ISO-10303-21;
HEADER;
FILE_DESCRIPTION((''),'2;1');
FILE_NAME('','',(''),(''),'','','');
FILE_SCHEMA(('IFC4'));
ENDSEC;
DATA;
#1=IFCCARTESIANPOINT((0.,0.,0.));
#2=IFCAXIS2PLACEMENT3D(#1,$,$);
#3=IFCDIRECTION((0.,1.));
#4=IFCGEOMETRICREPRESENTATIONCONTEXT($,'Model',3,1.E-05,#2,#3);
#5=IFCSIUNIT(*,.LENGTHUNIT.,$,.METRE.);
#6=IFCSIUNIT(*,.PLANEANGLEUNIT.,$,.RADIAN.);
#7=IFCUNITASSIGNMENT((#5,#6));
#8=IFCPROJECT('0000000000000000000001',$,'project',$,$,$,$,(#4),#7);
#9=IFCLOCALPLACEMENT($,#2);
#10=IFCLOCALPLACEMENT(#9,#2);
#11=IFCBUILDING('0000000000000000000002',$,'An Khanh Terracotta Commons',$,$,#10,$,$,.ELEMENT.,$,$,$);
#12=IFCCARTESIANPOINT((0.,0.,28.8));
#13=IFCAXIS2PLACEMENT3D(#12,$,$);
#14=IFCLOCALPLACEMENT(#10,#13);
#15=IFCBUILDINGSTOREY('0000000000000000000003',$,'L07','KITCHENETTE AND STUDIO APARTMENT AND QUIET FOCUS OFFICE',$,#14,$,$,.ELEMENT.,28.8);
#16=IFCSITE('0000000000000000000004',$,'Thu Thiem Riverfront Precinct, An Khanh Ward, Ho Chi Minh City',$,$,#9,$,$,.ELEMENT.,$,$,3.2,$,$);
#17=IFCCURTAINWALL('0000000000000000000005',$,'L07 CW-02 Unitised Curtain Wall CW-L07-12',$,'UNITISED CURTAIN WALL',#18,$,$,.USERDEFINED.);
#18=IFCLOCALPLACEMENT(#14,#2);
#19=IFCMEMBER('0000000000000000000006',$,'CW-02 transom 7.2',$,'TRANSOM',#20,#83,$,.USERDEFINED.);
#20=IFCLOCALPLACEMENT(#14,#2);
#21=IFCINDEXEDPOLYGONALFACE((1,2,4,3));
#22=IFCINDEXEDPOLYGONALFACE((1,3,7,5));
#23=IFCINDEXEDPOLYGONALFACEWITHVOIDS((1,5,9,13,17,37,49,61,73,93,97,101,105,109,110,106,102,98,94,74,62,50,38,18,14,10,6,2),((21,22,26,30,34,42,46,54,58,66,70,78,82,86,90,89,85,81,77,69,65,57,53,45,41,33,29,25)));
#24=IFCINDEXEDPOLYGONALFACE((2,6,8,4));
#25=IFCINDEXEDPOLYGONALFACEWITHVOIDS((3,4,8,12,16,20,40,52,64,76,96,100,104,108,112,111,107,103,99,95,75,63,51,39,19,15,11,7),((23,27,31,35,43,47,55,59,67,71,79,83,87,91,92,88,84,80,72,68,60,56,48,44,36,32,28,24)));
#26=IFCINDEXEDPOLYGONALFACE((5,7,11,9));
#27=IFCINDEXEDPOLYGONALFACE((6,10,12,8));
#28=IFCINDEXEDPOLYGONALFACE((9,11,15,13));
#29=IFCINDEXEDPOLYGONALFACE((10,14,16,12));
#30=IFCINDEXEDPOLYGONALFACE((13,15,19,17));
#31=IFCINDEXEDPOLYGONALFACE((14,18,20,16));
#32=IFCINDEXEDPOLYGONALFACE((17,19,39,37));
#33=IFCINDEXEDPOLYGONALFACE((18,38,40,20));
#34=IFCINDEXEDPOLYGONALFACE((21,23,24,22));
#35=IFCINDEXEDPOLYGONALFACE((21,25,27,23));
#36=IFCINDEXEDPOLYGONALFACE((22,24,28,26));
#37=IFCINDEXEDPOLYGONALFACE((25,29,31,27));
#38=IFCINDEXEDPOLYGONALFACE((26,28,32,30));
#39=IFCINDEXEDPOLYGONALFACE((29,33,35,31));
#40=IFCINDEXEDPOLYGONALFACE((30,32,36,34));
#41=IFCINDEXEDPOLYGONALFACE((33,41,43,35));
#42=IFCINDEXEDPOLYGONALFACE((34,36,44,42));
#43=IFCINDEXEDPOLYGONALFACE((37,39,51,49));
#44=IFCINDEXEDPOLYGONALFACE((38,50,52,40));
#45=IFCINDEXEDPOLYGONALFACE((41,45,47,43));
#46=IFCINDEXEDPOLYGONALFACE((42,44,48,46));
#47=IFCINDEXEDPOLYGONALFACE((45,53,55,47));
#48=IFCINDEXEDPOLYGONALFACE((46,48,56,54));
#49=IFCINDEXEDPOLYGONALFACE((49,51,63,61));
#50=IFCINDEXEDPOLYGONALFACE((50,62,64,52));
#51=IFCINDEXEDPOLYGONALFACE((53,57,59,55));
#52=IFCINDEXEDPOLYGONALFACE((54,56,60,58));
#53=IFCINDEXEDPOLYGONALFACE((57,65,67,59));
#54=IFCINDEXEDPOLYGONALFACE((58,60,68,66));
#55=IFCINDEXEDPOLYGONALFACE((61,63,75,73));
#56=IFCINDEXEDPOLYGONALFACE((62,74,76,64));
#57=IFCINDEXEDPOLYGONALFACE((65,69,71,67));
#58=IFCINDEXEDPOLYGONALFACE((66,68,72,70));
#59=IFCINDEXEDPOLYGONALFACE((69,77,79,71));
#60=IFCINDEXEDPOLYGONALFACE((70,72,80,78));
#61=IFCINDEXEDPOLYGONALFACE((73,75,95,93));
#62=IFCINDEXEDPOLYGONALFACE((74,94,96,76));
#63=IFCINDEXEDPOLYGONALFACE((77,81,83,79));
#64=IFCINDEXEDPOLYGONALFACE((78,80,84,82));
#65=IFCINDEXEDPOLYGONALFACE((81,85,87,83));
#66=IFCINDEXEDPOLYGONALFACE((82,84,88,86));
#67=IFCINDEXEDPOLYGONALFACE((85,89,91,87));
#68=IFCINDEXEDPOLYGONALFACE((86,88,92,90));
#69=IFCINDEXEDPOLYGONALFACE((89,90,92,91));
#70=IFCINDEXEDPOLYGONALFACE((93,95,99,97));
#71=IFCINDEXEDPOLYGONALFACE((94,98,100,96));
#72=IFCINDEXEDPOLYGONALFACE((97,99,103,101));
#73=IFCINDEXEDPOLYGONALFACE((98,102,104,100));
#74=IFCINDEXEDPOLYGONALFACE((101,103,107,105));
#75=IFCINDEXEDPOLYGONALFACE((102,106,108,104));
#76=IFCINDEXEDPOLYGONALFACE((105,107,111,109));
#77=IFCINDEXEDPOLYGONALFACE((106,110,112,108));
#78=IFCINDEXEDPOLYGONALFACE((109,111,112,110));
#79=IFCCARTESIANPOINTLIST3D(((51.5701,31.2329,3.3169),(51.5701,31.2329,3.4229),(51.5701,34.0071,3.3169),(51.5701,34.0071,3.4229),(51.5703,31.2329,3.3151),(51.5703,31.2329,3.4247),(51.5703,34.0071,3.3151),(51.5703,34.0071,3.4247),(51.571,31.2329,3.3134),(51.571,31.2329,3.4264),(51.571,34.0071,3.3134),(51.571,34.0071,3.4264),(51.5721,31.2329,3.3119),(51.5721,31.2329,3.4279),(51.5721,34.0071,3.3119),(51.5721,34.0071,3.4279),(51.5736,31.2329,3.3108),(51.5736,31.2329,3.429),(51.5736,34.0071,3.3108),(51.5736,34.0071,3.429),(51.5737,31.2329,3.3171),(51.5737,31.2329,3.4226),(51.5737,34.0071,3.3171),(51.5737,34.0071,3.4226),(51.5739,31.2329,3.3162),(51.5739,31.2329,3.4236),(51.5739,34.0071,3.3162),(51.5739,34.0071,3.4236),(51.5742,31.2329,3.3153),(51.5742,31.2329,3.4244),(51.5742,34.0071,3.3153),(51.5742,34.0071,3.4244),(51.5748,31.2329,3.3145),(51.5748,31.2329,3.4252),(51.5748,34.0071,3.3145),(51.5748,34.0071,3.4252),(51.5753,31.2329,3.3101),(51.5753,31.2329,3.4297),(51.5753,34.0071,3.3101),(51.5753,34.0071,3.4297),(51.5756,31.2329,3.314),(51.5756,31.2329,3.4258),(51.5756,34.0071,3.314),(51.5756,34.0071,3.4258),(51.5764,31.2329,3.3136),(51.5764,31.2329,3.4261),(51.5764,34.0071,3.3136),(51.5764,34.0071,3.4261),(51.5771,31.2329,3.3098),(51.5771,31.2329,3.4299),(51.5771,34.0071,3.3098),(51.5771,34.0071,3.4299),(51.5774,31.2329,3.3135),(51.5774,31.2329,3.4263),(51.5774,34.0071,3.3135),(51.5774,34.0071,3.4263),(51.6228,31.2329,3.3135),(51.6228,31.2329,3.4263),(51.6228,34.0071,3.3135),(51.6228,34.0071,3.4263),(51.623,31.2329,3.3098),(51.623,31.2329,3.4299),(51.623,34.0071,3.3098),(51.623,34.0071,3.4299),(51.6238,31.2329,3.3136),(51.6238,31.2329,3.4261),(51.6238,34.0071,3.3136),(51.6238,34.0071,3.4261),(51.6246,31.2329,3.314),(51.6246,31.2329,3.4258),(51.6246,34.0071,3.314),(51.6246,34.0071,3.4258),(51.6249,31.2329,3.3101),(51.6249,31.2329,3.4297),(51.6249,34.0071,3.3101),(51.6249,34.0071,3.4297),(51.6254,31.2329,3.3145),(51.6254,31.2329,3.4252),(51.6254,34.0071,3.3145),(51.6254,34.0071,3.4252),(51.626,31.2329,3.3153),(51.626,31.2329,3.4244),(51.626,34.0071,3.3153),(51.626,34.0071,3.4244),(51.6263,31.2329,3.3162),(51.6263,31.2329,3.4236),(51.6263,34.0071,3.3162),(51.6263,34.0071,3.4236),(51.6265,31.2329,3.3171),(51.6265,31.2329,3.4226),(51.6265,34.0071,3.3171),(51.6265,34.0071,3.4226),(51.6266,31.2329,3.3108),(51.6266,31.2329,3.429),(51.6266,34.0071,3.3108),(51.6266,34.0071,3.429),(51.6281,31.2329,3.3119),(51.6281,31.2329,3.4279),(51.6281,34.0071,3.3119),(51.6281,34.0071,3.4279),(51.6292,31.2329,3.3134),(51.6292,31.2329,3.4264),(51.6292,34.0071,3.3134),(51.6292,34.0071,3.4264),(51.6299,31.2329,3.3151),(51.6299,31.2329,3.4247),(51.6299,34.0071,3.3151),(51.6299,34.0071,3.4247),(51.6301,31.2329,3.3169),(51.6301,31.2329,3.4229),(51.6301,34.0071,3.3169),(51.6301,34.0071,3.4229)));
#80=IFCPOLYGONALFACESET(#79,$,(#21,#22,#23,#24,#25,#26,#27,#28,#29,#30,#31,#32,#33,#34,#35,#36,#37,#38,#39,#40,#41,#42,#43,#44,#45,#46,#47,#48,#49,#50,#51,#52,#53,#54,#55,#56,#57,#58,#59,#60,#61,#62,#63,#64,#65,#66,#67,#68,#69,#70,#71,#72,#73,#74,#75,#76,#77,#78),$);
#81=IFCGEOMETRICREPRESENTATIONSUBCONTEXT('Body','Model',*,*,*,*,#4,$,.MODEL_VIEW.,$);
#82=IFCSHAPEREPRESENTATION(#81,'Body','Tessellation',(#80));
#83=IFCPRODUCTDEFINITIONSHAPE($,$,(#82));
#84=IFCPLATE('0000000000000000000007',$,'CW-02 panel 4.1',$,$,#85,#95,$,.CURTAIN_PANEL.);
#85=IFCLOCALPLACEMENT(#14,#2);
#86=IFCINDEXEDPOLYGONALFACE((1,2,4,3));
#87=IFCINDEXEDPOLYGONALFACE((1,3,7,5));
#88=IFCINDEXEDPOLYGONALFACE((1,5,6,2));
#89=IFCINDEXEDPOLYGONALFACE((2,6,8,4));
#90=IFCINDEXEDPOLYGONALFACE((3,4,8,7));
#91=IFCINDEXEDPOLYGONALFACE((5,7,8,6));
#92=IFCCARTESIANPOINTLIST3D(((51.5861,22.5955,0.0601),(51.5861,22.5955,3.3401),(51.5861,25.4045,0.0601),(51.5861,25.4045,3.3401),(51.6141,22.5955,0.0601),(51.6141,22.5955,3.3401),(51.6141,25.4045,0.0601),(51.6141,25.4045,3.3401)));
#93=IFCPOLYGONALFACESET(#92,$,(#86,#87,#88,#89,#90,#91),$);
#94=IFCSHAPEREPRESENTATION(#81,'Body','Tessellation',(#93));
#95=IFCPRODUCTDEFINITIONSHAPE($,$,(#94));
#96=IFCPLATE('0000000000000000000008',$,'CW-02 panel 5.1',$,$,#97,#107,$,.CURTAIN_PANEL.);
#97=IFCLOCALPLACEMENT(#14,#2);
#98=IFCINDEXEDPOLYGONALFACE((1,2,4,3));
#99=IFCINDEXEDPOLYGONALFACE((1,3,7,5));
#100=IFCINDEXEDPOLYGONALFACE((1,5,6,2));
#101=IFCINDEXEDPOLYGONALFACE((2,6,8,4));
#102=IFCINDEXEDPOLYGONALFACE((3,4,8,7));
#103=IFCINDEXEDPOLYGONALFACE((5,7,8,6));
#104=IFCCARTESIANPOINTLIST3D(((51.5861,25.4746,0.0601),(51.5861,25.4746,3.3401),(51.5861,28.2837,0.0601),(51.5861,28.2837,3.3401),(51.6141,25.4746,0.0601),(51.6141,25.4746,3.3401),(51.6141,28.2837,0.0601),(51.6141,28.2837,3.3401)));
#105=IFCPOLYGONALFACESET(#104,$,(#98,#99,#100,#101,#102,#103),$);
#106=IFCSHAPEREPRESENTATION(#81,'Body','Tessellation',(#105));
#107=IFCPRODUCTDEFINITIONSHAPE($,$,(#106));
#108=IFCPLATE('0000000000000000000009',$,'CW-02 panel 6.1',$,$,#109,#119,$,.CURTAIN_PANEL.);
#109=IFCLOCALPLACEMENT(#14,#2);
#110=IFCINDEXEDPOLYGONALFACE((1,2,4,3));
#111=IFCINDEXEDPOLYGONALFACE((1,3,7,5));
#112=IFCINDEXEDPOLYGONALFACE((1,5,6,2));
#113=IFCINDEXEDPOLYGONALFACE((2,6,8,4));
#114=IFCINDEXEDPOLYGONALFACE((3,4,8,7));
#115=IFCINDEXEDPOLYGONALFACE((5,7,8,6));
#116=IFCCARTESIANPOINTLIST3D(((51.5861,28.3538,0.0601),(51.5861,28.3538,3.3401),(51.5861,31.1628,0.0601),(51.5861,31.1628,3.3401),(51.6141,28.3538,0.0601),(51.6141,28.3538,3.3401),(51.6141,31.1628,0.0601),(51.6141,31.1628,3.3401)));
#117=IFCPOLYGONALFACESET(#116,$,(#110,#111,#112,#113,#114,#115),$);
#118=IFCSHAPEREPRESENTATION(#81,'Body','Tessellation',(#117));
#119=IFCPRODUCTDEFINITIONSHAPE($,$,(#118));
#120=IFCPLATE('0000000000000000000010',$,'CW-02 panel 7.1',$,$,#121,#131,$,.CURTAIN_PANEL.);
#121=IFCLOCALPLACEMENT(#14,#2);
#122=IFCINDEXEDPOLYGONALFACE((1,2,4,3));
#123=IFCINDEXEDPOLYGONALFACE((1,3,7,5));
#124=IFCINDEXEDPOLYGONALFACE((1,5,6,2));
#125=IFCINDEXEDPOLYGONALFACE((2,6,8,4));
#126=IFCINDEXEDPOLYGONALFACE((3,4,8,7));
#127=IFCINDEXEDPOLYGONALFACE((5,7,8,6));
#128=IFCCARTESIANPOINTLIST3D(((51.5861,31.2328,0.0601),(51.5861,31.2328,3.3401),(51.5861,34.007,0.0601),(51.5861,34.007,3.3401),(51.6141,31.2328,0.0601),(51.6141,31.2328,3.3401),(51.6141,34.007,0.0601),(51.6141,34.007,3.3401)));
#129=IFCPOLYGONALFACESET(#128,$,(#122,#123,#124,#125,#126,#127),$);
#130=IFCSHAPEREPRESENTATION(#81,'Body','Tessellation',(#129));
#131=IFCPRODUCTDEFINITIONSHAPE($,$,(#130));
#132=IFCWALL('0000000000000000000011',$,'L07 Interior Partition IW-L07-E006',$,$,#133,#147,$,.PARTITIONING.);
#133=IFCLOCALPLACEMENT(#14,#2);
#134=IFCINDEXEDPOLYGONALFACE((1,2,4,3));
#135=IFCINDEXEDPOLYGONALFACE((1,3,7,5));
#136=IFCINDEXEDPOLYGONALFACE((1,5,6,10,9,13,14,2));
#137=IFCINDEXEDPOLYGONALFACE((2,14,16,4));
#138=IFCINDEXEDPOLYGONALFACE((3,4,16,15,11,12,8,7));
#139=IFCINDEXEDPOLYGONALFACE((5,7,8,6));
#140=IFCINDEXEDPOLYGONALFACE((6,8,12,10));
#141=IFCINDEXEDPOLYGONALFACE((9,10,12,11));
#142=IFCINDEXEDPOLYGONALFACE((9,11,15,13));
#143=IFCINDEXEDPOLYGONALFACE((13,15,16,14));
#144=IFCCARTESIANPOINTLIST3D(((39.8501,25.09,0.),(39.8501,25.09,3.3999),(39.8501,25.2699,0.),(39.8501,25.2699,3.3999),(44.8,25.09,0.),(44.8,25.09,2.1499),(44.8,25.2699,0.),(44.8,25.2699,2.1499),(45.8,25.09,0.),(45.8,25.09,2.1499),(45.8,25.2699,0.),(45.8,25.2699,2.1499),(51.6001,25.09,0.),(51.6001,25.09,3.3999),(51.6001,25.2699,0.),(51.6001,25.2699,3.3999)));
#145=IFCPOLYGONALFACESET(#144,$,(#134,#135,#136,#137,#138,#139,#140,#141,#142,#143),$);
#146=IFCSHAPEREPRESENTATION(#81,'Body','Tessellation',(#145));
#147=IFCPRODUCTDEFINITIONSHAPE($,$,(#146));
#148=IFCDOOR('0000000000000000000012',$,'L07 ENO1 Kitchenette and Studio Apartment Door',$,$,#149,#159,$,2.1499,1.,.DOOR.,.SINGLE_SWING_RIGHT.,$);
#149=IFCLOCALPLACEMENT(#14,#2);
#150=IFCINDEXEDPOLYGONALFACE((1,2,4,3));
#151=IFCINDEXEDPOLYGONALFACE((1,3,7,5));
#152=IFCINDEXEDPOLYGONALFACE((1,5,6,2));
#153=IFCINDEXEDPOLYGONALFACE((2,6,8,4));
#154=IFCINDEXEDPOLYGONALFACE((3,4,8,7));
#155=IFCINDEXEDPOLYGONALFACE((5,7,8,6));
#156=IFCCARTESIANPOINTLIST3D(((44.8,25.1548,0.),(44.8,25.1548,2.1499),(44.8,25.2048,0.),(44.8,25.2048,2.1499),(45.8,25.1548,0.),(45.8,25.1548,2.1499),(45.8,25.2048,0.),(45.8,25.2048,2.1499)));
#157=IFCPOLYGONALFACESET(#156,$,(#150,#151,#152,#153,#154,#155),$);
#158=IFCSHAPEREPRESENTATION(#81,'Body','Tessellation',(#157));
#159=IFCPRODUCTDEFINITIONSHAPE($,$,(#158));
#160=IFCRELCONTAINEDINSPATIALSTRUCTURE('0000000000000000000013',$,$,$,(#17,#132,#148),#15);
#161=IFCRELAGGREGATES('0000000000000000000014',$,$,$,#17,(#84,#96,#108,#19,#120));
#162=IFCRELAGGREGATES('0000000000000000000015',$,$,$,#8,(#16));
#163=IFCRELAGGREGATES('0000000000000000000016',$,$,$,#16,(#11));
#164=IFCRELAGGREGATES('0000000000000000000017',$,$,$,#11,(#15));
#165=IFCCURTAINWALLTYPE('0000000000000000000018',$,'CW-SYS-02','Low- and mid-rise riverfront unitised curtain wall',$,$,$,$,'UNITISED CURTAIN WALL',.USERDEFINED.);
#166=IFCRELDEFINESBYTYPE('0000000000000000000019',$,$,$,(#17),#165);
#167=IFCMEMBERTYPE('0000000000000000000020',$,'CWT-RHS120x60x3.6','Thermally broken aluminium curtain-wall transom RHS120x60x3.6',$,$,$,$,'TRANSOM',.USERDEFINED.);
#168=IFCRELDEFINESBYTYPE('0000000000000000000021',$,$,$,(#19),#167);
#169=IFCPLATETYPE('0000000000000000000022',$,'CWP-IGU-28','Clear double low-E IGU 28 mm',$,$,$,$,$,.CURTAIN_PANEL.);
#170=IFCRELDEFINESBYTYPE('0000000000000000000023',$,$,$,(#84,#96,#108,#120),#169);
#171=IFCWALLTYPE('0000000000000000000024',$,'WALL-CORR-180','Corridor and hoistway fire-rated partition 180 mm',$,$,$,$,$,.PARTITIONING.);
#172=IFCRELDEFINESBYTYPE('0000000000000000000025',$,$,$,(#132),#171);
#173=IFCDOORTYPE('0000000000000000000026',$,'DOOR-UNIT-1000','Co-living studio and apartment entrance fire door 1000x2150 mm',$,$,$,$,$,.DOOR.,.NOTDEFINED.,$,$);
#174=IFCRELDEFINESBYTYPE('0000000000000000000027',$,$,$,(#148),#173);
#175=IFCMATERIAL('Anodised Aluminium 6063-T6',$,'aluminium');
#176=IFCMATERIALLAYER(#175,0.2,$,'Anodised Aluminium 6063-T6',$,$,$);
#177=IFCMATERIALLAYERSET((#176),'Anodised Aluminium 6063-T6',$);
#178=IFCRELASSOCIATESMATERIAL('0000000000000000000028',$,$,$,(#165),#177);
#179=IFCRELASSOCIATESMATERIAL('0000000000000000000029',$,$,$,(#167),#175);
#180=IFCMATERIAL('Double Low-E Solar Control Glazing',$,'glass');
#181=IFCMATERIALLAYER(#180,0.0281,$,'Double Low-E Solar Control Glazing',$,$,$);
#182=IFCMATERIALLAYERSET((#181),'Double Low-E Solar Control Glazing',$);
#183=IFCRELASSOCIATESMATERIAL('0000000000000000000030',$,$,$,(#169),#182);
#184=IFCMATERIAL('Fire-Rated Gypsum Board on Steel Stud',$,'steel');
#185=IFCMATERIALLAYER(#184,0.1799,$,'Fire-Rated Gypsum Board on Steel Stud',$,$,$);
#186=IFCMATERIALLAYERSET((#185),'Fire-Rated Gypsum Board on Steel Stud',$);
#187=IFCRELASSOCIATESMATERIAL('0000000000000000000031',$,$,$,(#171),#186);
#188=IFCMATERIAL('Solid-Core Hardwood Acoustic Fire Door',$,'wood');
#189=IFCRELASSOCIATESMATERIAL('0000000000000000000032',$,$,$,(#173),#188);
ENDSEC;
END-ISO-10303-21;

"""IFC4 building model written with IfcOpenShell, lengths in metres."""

from ifc_helpers import new_model, si_unit, direction, frame, frame_2d, origin, origin_2d, place, context, subcontext, project, spatial, rectangle, hollow_rectangle, extrude, material, layer, layer_set, material_profile, profile_set, type_object, element, fill, aggregate, save


model = new_model("IFC4")

# Units and contexts
model_context = context("Model", 3, precision=1e-05, world=origin(), true_north=direction((0.0, 1.0)))
body_context = subcontext(model_context, "Body", "Model", "MODEL_VIEW")
ifc_project = project(units=[si_unit("LENGTHUNIT", "METRE"), si_unit("PLANEANGLEUNIT", "RADIAN")], contexts=[model_context])

# Site, building, storey
site_placement = place(None, origin())
site = spatial("IfcSite", under=ifc_project, at=site_placement, Name="Thu Thiem Riverfront Precinct, An Khanh Ward, Ho Chi Minh City", CompositionType="ELEMENT", RefElevation=3.2)
building_placement = place(site_placement, origin())
building = spatial("IfcBuilding", under=site, at=building_placement, Name="An Khanh Terracotta Commons", CompositionType="ELEMENT")
storey_placement = place(building_placement, frame((0.0, 0.0, 28.8)))
storey = spatial("IfcBuildingStorey", under=building, at=storey_placement, Name="L07", Description="KITCHENETTE AND STUDIO APARTMENT AND QUIET FOCUS OFFICE", CompositionType="ELEMENT", Elevation=28.8)

# Curtain wall, member, plates
ifc_material_1 = material(Name="Anodised Aluminium 6063-T6", Category="aluminium")
ifc_layer_1 = layer(ifc_material_1, 0.2, Name="Anodised Aluminium 6063-T6")
ifc_layer_set_1 = layer_set([ifc_layer_1], Name="Anodised Aluminium 6063-T6")
curtain_wall_type = type_object("IfcCurtainWallType", Name="CW-SYS-02", Description="Low- and mid-rise riverfront unitised curtain wall", ElementType="UNITISED CURTAIN WALL", PredefinedType="USERDEFINED", material=ifc_layer_set_1)
curtain_wall_placement = place(storey_placement, origin())
curtain_wall = element("IfcCurtainWall", 1, at=curtain_wall_placement, inside=storey, type_object=curtain_wall_type, Name="L07 CW-02 Unitised Curtain Wall CW-L07-12", ObjectType="UNITISED CURTAIN WALL", PredefinedType="USERDEFINED")
ifc_material_profile_1 = material_profile(ifc_material_1, hollow_rectangle(XDim=0.0601, YDim=0.1201, WallThickness=0.0037, InnerFilletRadius=0.0037, OuterFilletRadius=0.0071, at=origin_2d()), Name="RHS120x60x3.6")
ifc_profile_set_1 = profile_set([ifc_material_profile_1], Name="Anodised Aluminium 6063-T6")
member_type_1 = type_object("IfcMemberType", Name="CWT-RHS120x60x3.6", Description="Thermally broken aluminium curtain-wall transom RHS120x60x3.6", ElementType="TRANSOM", PredefinedType="USERDEFINED", material=ifc_profile_set_1)
member_1_placement = place(storey_placement, frame((51.6001, 31.2329, 3.3699), z_axis=(0.0, 1.0, 0.0), x_axis=(-1.0, 0.0, 0.0)))
member_1 = element("IfcMember", 2, at=member_1_placement, type_object=member_type_1, Name="CW-02 transom 7.2", ObjectType="TRANSOM", PredefinedType="USERDEFINED", context=body_context, shape_type="SweptSolid", body=[
    extrude(hollow_rectangle(XDim=0.0601, YDim=0.1201, WallThickness=0.0037, InnerFilletRadius=0.0037, OuterFilletRadius=0.0071, at=origin_2d()), origin(), (0.0, 0.0, 1.0), 2.7742),
])
ifc_material_2 = material(Name="Double Low-E Solar Control Glazing", Category="glass")
ifc_layer_2 = layer(ifc_material_2, 0.0281, Name="Double Low-E Solar Control Glazing")
ifc_layer_set_2 = layer_set([ifc_layer_2], Name="Double Low-E Solar Control Glazing")
plate_type = type_object("IfcPlateType", Name="CWP-IGU-28", Description="Clear double low-E IGU 28 mm", PredefinedType="CURTAIN_PANEL", material=ifc_layer_set_2)
plate_1_placement = place(storey_placement, frame((51.6001, 24.0, 0.0601), z_axis=(0.0, 0.0, 1.0), x_axis=(0.0, 1.0, 0.0)))
plate_1 = element("IfcPlate", 3, at=plate_1_placement, type_object=plate_type, Name="CW-02 panel 4.1", PredefinedType="CURTAIN_PANEL", context=body_context, shape_type="SweptSolid", body=[
    extrude(rectangle(XDim=2.8091, YDim=0.0281, at=origin_2d()), origin(), (0.0, 0.0, 1.0), 3.28),
])
plate_2_placement = place(storey_placement, frame((51.6001, 26.8792, 0.0601), z_axis=(0.0, 0.0, 1.0), x_axis=(0.0, 1.0, 0.0)))
plate_2 = element("IfcPlate", 4, at=plate_2_placement, type_object=plate_type, Name="CW-02 panel 5.1", PredefinedType="CURTAIN_PANEL", context=body_context, shape_type="SweptSolid", body=[
    extrude(rectangle(XDim=2.8091, YDim=0.0281, at=origin_2d()), origin(), (0.0, 0.0, 1.0), 3.28),
])
plate_3_placement = place(storey_placement, frame((51.6001, 29.7583, 0.0601), z_axis=(0.0, 0.0, 1.0), x_axis=(0.0, 1.0, 0.0)))
plate_3 = element("IfcPlate", 5, at=plate_3_placement, type_object=plate_type, Name="CW-02 panel 6.1", PredefinedType="CURTAIN_PANEL", context=body_context, shape_type="SweptSolid", body=[
    extrude(rectangle(XDim=2.8091, YDim=0.0281, at=origin_2d()), origin(), (0.0, 0.0, 1.0), 3.28),
])
plate_4_placement = place(storey_placement, frame((51.6001, 32.6199, 0.0601), z_axis=(0.0, 0.0, 1.0), x_axis=(0.0, 1.0, 0.0)))
plate_4 = element("IfcPlate", 6, at=plate_4_placement, type_object=plate_type, Name="CW-02 panel 7.1", PredefinedType="CURTAIN_PANEL", context=body_context, shape_type="SweptSolid", body=[
    extrude(rectangle(XDim=2.7742, YDim=0.0281, at=origin_2d()), origin(), (0.0, 0.0, 1.0), 3.28),
])
aggregate(curtain_wall, [plate_1, plate_2, plate_3, member_1, plate_4])

# Wall, opening, door
ifc_material_3 = material(Name="Fire-Rated Gypsum Board on Steel Stud", Category="steel")
ifc_layer_3 = layer(ifc_material_3, 0.1799, Name="Fire-Rated Gypsum Board on Steel Stud")
ifc_layer_set_3 = layer_set([ifc_layer_3], Name="Fire-Rated Gypsum Board on Steel Stud")
wall_type_1 = type_object("IfcWallType", Name="WALL-CORR-180", Description="Corridor and hoistway fire-rated partition 180 mm", PredefinedType="PARTITIONING", material=ifc_layer_set_3)
wall_1_placement = place(storey_placement, frame((39.8501, 25.1799, 0.0), z_axis=(0.0, 0.0, 1.0), x_axis=(1.0, 0.0, 0.0)))
wall_1 = element("IfcWall", 7, at=wall_1_placement, inside=storey, type_object=wall_type_1, Name="L07 Interior Partition IW-L07-E006", PredefinedType="PARTITIONING", context=body_context, shape_type="SweptSolid", body=[
    extrude(rectangle(XDim=11.75, YDim=0.1799, at=frame_2d((5.875, 0.0))), origin(), (0.0, 0.0, 1.0), 3.3999),
])
opening_1_placement = place(wall_1_placement, frame((4.95, 0.0, 0.0)))
opening_1 = element("IfcOpeningElement", 8, at=opening_1_placement, cuts=wall_1, PredefinedType="OPENING", context=body_context, shape_type="SweptSolid", body=[
    extrude(rectangle(XDim=1.0, YDim=2.1499, at=frame_2d((0.5, 1.075))), frame((0.0, 0.0999, 0.0), z_axis=(0.0, -1.0, 0.0), x_axis=(1.0, 0.0, 0.0)), (0.0, 0.0, 1.0), 0.2),
])
ifc_material_4 = material(Name="Solid-Core Hardwood Acoustic Fire Door", Category="wood")
door_type_1 = type_object("IfcDoorType", Name="DOOR-UNIT-1000", Description="Co-living studio and apartment entrance fire door 1000x2150 mm", OperationType="NOTDEFINED", PredefinedType="DOOR", material=ifc_material_4)
door_1_placement = place(opening_1_placement, origin())
door_1 = element("IfcDoor", 9, at=door_1_placement, inside=storey, type_object=door_type_1, Name="L07 ENO1 Kitchenette and Studio Apartment Door", OperationType="SINGLE_SWING_RIGHT", OverallHeight=2.1499, OverallWidth=1.0, PredefinedType="DOOR", context=body_context, shape_type="SweptSolid", body=[
    extrude(rectangle(XDim=1.0, YDim=2.1499, at=frame_2d((0.5, 1.075))), frame((0.0, 0.0249, 0.0), z_axis=(0.0, -1.0, 0.0), x_axis=(1.0, 0.0, 0.0)), (0.0, 0.0, 1.0), 0.05),
])
fill(opening_1, door_1)

save(model, "model.ifc")
